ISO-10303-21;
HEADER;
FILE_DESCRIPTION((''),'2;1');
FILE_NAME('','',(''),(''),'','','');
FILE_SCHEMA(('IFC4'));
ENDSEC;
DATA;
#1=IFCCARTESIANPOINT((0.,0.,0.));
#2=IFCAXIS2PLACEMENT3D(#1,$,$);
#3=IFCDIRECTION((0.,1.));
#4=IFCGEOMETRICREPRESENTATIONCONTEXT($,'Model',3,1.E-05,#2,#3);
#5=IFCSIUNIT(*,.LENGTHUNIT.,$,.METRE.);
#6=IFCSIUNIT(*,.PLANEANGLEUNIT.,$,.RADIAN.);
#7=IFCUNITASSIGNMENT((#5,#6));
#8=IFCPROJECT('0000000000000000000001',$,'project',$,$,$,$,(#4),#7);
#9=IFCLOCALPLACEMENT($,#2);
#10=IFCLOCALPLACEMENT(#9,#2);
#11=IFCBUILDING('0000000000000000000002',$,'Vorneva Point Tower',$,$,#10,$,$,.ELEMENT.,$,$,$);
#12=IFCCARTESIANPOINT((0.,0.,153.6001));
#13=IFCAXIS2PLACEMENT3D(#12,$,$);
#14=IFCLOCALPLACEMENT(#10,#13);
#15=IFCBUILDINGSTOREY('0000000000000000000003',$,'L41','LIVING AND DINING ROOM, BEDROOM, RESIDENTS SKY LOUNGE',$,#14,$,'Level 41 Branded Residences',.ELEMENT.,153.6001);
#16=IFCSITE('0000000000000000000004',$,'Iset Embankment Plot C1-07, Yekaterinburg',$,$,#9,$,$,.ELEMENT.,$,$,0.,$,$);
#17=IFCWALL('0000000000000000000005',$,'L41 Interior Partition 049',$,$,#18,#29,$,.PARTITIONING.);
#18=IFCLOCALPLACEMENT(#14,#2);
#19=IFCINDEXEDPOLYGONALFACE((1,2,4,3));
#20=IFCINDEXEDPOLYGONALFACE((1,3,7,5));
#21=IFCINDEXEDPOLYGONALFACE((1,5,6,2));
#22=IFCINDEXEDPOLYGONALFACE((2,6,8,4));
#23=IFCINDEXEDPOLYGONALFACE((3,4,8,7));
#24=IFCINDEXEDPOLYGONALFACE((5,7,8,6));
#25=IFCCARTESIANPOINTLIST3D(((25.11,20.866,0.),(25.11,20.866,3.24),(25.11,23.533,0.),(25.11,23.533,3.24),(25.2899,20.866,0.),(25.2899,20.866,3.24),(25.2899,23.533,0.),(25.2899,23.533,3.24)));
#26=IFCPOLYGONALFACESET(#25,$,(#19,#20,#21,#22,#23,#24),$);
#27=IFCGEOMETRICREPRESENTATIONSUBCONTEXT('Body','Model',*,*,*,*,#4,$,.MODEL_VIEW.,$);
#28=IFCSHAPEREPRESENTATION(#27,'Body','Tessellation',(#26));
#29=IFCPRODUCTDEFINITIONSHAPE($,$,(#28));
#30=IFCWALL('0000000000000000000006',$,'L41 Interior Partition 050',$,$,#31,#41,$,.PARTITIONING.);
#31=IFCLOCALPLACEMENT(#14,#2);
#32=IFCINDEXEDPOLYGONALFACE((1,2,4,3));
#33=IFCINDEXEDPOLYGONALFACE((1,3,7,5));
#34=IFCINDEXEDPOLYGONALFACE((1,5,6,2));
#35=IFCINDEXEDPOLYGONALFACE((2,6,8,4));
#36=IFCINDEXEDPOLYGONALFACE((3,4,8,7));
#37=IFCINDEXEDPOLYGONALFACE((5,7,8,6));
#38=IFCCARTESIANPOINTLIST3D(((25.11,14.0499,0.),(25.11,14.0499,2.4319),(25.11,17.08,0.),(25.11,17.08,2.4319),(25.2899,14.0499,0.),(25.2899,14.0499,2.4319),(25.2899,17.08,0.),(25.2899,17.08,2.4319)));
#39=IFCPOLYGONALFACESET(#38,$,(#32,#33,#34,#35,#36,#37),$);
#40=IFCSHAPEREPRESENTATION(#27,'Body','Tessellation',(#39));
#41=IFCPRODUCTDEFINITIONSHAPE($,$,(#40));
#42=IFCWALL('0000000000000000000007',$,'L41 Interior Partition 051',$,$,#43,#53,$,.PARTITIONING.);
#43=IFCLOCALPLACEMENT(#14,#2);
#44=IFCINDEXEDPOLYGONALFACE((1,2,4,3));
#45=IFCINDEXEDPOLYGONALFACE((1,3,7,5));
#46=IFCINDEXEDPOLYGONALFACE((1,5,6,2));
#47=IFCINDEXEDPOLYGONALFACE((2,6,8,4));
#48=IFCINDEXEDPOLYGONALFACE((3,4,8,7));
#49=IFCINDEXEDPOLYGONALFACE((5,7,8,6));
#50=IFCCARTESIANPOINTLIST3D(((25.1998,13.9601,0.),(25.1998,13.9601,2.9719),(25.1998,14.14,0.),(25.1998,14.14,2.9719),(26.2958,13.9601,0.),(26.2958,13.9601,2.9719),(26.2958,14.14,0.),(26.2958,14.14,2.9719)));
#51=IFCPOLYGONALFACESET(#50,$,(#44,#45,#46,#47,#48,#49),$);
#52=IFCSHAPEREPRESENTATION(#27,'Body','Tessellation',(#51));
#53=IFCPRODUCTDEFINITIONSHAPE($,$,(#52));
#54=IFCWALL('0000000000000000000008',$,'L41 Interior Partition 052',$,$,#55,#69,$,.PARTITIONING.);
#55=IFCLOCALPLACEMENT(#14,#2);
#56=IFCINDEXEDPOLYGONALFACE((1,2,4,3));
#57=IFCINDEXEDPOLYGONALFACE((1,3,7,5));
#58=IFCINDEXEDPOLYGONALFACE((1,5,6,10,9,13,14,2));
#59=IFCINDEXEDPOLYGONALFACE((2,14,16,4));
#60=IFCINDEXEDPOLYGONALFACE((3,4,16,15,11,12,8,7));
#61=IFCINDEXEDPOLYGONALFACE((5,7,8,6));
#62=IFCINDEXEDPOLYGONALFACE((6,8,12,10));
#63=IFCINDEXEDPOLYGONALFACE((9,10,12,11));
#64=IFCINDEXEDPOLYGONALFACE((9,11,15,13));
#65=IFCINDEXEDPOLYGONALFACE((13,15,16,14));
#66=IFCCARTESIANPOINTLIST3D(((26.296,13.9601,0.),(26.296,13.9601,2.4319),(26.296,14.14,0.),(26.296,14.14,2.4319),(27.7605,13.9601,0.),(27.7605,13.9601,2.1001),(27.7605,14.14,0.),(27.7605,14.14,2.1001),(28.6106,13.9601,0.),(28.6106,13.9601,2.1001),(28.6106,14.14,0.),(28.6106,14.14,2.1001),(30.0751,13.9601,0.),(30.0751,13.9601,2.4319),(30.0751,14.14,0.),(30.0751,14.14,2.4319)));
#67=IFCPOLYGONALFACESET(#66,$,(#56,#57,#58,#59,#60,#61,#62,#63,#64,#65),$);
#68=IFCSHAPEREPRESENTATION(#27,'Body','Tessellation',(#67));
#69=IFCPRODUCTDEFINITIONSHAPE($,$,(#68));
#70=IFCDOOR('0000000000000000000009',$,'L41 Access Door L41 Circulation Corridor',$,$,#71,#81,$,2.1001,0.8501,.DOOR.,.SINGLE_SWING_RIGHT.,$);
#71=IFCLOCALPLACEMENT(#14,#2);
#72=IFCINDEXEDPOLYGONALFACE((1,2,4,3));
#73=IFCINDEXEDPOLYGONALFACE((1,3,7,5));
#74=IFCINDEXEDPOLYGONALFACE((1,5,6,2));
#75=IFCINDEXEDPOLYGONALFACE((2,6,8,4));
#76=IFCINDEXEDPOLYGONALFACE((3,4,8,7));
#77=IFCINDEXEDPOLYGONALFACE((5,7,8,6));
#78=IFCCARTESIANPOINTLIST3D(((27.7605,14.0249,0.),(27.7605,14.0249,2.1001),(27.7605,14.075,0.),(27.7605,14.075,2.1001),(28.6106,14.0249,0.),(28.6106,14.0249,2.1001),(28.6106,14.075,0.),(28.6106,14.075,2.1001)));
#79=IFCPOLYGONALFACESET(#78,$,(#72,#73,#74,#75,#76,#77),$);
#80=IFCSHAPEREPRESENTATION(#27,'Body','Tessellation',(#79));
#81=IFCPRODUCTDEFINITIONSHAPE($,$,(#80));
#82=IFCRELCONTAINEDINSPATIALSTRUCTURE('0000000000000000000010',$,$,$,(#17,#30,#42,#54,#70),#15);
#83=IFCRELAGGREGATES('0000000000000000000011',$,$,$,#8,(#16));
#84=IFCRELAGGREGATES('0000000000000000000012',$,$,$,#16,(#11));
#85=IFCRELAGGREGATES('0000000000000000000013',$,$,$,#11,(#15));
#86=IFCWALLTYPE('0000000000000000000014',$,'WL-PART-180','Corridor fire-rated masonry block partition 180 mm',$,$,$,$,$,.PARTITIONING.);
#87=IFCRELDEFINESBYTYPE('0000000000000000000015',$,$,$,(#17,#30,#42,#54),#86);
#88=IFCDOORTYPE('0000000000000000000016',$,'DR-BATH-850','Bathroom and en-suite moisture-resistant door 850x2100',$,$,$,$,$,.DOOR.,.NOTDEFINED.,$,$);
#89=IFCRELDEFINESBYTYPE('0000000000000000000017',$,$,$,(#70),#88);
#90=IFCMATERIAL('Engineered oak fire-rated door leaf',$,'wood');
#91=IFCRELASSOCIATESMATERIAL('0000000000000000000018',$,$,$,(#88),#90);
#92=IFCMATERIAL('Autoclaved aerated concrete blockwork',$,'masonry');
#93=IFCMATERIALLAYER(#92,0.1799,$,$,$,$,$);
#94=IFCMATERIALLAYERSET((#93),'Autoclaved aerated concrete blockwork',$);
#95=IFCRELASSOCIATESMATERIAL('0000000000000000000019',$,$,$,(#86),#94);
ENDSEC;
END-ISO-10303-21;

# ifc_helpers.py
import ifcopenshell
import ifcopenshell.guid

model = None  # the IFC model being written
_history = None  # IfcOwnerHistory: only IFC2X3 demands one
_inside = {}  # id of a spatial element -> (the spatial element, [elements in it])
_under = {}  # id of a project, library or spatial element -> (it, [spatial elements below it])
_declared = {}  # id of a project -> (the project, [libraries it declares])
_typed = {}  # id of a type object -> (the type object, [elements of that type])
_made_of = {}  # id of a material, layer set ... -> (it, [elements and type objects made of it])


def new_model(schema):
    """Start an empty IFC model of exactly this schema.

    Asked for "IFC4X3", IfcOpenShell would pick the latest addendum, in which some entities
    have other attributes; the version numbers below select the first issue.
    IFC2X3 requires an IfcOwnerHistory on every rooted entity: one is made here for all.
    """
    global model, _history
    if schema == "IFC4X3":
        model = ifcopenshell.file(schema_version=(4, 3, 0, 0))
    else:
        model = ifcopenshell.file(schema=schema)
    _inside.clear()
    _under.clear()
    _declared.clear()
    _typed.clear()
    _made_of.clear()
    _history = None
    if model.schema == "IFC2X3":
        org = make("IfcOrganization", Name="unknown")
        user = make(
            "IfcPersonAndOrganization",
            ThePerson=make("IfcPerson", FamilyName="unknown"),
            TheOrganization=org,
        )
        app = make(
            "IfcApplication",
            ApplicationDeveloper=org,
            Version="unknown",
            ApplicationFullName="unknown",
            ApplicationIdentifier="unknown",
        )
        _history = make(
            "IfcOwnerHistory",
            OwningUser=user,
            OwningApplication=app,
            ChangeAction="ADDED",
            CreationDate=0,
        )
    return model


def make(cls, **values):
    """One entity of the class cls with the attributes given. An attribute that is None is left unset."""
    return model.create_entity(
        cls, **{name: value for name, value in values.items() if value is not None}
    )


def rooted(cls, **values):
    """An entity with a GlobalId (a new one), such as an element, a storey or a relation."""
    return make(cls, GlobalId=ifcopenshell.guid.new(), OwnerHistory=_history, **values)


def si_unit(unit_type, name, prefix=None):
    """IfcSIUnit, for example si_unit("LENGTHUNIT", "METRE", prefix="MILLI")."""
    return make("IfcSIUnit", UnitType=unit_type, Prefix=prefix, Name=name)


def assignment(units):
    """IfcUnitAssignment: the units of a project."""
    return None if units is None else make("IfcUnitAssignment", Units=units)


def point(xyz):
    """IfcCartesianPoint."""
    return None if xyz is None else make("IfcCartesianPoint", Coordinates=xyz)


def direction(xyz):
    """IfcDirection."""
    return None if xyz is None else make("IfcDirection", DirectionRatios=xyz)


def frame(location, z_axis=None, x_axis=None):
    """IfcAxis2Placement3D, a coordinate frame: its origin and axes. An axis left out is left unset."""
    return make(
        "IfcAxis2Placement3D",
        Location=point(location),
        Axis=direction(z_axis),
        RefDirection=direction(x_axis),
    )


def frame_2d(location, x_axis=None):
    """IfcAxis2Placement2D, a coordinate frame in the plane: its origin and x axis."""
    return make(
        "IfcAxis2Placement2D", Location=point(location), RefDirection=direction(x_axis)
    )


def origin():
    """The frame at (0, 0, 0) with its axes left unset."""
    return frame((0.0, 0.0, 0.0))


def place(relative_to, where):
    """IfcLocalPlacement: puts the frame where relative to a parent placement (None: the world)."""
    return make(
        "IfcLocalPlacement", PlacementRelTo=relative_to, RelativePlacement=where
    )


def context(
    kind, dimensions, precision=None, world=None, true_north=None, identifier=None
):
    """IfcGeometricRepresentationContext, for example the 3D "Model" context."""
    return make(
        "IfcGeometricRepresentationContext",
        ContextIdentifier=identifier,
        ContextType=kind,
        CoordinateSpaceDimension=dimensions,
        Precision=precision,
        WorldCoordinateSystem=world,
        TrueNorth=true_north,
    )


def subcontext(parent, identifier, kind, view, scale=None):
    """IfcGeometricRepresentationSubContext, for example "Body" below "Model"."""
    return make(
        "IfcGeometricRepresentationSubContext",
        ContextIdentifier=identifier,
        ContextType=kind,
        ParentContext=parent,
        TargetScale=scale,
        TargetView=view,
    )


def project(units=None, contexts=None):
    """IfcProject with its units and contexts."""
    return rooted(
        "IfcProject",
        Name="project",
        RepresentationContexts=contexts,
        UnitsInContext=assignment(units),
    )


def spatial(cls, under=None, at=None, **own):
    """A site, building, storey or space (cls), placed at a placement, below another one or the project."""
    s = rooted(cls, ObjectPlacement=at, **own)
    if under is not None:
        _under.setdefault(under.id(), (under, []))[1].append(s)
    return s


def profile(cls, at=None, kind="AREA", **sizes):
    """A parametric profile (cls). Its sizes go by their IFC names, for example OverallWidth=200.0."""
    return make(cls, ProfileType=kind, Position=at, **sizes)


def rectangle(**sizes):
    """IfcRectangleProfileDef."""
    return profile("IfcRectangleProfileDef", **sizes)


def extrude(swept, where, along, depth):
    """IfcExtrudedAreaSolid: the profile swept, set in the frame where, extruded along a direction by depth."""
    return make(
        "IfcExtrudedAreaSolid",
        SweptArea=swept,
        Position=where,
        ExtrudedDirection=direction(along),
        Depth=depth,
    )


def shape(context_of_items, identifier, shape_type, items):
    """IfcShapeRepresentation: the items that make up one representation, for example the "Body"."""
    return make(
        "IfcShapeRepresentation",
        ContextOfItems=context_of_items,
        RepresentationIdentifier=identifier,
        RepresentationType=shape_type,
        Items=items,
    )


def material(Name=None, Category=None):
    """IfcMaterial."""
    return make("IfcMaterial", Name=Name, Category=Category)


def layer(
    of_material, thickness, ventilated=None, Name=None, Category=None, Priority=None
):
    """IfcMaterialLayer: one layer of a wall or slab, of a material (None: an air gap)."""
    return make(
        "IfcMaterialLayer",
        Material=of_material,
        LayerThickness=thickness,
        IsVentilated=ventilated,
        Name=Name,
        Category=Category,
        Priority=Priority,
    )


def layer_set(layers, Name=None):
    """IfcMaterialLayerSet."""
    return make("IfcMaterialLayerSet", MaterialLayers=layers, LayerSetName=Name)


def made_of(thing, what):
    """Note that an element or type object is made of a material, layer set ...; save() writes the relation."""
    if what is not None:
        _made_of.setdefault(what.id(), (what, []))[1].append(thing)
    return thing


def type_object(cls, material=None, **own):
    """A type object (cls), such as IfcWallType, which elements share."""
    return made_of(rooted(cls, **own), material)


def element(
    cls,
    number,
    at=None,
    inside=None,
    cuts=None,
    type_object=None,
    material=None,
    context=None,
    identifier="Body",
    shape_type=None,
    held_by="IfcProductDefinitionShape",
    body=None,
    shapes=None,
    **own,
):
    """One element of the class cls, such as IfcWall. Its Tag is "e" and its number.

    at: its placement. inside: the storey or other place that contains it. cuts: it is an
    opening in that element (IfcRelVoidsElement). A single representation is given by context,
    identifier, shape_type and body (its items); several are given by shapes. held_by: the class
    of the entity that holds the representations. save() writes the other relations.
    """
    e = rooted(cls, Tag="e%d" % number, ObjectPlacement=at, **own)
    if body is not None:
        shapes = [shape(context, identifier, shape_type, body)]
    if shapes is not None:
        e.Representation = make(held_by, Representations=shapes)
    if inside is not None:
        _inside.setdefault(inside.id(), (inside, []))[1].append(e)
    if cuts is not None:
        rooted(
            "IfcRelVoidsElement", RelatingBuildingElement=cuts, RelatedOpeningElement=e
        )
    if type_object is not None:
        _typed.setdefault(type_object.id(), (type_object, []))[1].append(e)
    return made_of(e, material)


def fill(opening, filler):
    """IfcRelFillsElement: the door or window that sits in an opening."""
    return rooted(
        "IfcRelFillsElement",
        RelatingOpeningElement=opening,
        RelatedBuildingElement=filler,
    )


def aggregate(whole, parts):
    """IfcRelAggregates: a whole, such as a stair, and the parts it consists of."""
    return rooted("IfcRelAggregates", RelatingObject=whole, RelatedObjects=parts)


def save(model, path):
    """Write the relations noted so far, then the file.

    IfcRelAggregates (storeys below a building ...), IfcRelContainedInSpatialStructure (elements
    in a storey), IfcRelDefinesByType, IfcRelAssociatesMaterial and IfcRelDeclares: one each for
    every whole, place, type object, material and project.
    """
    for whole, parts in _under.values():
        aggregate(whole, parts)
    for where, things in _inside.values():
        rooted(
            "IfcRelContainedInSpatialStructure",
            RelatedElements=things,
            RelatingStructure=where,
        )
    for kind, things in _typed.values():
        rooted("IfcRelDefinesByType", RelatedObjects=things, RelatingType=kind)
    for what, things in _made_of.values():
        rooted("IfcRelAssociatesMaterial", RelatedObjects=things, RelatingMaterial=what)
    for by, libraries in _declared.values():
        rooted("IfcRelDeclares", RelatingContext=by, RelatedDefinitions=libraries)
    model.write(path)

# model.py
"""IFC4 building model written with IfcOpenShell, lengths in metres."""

from ifc_helpers import new_model, si_unit, direction, frame, frame_2d, origin, place, context, subcontext, project, spatial, rectangle, extrude, material, layer, layer_set, type_object, element, fill, save


model = new_model("IFC4")

# Units and contexts
model_context = context("Model", 3, precision=1e-05, world=origin(), true_north=direction((0.0, 1.0)))
body_context = subcontext(model_context, "Body", "Model", "MODEL_VIEW")
ifc_project = project(units=[si_unit("LENGTHUNIT", "METRE"), si_unit("PLANEANGLEUNIT", "RADIAN")], contexts=[model_context])

# Site, building, storey
site_placement = place(None, origin())
site = spatial("IfcSite", under=ifc_project, at=site_placement, Name="Iset Embankment Plot C1-07, Yekaterinburg", CompositionType="ELEMENT", RefElevation=0.0)
building_placement = place(site_placement, origin())
building = spatial("IfcBuilding", under=site, at=building_placement, Name="Vorneva Point Tower", CompositionType="ELEMENT")
storey_placement = place(building_placement, frame((0.0, 0.0, 153.6001)))
storey = spatial("IfcBuildingStorey", under=building, at=storey_placement, Name="L41", Description="LIVING AND DINING ROOM, BEDROOM, RESIDENTS SKY LOUNGE", LongName="Level 41 Branded Residences", CompositionType="ELEMENT", Elevation=153.6001)

# Shared definitions
ifc_material_1 = material(Name="Engineered oak fire-rated door leaf", Category="wood")
door_type_1 = type_object("IfcDoorType", Name="DR-BATH-850", Description="Bathroom and en-suite moisture-resistant door 850x2100", OperationType="NOTDEFINED", PredefinedType="DOOR", material=ifc_material_1)

# Shared definitions
ifc_material_2 = material(Name="Autoclaved aerated concrete blockwork", Category="masonry")
ifc_layer_1 = layer(ifc_material_2, 0.1799)
ifc_layer_set_1 = layer_set([ifc_layer_1], Name="Autoclaved aerated concrete blockwork")
wall_type_1 = type_object("IfcWallType", Name="WL-PART-180", Description="Corridor fire-rated masonry block partition 180 mm", PredefinedType="PARTITIONING", material=ifc_layer_set_1)

# Walls
wall_1_placement = place(storey_placement, frame((25.2, 23.533, 0.0), z_axis=(0.0, 0.0, 1.0), x_axis=(0.0, -1.0, 0.0)))
element("IfcWall", 1, at=wall_1_placement, inside=storey, type_object=wall_type_1, Name="L41 Interior Partition 049", PredefinedType="PARTITIONING", context=body_context, shape_type="SweptSolid", body=[
    extrude(rectangle(XDim=2.667, YDim=0.1799, at=frame_2d((1.3335, 0.0))), origin(), (0.0, 0.0, 1.0), 3.24),
])
wall_2_placement = place(storey_placement, frame((25.2, 17.0801, 0.0), z_axis=(0.0, 0.0, 1.0), x_axis=(0.0, -1.0, 0.0)))
element("IfcWall", 2, at=wall_2_placement, inside=storey, type_object=wall_type_1, Name="L41 Interior Partition 050", PredefinedType="PARTITIONING", context=body_context, shape_type="SweptSolid", body=[
    extrude(rectangle(XDim=3.03, YDim=0.1799, at=frame_2d((1.5151, 0.0))), origin(), (0.0, 0.0, 1.0), 2.4319),
])
wall_3_placement = place(storey_placement, frame((25.2, 14.05, 0.0), z_axis=(0.0, 0.0, 1.0), x_axis=(1.0, 0.0, 0.0)))
element("IfcWall", 3, at=wall_3_placement, inside=storey, type_object=wall_type_1, Name="L41 Interior Partition 051", PredefinedType="PARTITIONING", context=body_context, shape_type="SweptSolid", body=[
    extrude(rectangle(XDim=1.0959, YDim=0.1799, at=frame_2d((0.5479, 0.0))), origin(), (0.0, 0.0, 1.0), 2.9719),
])

# Wall, opening, door
wall_4_placement = place(storey_placement, frame((26.2959, 14.05, 0.0), z_axis=(0.0, 0.0, 1.0), x_axis=(1.0, 0.0, 0.0)))
wall_4 = element("IfcWall", 4, at=wall_4_placement, inside=storey, type_object=wall_type_1, Name="L41 Interior Partition 052", PredefinedType="PARTITIONING", context=body_context, shape_type="SweptSolid", body=[
    extrude(rectangle(XDim=3.7791, YDim=0.1799, at=frame_2d((1.8896, 0.0))), origin(), (0.0, 0.0, 1.0), 2.4319),
])
opening_1_placement = place(wall_4_placement, frame((1.4646, 0.0, 0.0)))
opening_1 = element("IfcOpeningElement", 5, at=opening_1_placement, cuts=wall_4, PredefinedType="OPENING", context=body_context, shape_type="SweptSolid", body=[
    extrude(rectangle(XDim=0.8501, YDim=2.1001, at=frame_2d((0.425, 1.05))), frame((0.0, 0.105, 0.0), z_axis=(0.0, -1.0, 0.0), x_axis=(1.0, 0.0, 0.0)), (0.0, 0.0, 1.0), 0.2097),
])
door_1_placement = place(opening_1_placement, origin())
door_1 = element("IfcDoor", 6, at=door_1_placement, inside=storey, type_object=door_type_1, Name="L41 Access Door L41 Circulation Corridor", OperationType="SINGLE_SWING_RIGHT", OverallHeight=2.1001, OverallWidth=0.8501, PredefinedType="DOOR", context=body_context, shape_type="SweptSolid", body=[
    extrude(rectangle(XDim=0.8501, YDim=2.1001, at=frame_2d((0.425, 1.05))), frame((0.0, 0.0249, 0.0), z_axis=(0.0, -1.0, 0.0), x_axis=(1.0, 0.0, 0.0)), (0.0, 0.0, 1.0), 0.05),
])
fill(opening_1, door_1)

save(model, "model.ifc")
